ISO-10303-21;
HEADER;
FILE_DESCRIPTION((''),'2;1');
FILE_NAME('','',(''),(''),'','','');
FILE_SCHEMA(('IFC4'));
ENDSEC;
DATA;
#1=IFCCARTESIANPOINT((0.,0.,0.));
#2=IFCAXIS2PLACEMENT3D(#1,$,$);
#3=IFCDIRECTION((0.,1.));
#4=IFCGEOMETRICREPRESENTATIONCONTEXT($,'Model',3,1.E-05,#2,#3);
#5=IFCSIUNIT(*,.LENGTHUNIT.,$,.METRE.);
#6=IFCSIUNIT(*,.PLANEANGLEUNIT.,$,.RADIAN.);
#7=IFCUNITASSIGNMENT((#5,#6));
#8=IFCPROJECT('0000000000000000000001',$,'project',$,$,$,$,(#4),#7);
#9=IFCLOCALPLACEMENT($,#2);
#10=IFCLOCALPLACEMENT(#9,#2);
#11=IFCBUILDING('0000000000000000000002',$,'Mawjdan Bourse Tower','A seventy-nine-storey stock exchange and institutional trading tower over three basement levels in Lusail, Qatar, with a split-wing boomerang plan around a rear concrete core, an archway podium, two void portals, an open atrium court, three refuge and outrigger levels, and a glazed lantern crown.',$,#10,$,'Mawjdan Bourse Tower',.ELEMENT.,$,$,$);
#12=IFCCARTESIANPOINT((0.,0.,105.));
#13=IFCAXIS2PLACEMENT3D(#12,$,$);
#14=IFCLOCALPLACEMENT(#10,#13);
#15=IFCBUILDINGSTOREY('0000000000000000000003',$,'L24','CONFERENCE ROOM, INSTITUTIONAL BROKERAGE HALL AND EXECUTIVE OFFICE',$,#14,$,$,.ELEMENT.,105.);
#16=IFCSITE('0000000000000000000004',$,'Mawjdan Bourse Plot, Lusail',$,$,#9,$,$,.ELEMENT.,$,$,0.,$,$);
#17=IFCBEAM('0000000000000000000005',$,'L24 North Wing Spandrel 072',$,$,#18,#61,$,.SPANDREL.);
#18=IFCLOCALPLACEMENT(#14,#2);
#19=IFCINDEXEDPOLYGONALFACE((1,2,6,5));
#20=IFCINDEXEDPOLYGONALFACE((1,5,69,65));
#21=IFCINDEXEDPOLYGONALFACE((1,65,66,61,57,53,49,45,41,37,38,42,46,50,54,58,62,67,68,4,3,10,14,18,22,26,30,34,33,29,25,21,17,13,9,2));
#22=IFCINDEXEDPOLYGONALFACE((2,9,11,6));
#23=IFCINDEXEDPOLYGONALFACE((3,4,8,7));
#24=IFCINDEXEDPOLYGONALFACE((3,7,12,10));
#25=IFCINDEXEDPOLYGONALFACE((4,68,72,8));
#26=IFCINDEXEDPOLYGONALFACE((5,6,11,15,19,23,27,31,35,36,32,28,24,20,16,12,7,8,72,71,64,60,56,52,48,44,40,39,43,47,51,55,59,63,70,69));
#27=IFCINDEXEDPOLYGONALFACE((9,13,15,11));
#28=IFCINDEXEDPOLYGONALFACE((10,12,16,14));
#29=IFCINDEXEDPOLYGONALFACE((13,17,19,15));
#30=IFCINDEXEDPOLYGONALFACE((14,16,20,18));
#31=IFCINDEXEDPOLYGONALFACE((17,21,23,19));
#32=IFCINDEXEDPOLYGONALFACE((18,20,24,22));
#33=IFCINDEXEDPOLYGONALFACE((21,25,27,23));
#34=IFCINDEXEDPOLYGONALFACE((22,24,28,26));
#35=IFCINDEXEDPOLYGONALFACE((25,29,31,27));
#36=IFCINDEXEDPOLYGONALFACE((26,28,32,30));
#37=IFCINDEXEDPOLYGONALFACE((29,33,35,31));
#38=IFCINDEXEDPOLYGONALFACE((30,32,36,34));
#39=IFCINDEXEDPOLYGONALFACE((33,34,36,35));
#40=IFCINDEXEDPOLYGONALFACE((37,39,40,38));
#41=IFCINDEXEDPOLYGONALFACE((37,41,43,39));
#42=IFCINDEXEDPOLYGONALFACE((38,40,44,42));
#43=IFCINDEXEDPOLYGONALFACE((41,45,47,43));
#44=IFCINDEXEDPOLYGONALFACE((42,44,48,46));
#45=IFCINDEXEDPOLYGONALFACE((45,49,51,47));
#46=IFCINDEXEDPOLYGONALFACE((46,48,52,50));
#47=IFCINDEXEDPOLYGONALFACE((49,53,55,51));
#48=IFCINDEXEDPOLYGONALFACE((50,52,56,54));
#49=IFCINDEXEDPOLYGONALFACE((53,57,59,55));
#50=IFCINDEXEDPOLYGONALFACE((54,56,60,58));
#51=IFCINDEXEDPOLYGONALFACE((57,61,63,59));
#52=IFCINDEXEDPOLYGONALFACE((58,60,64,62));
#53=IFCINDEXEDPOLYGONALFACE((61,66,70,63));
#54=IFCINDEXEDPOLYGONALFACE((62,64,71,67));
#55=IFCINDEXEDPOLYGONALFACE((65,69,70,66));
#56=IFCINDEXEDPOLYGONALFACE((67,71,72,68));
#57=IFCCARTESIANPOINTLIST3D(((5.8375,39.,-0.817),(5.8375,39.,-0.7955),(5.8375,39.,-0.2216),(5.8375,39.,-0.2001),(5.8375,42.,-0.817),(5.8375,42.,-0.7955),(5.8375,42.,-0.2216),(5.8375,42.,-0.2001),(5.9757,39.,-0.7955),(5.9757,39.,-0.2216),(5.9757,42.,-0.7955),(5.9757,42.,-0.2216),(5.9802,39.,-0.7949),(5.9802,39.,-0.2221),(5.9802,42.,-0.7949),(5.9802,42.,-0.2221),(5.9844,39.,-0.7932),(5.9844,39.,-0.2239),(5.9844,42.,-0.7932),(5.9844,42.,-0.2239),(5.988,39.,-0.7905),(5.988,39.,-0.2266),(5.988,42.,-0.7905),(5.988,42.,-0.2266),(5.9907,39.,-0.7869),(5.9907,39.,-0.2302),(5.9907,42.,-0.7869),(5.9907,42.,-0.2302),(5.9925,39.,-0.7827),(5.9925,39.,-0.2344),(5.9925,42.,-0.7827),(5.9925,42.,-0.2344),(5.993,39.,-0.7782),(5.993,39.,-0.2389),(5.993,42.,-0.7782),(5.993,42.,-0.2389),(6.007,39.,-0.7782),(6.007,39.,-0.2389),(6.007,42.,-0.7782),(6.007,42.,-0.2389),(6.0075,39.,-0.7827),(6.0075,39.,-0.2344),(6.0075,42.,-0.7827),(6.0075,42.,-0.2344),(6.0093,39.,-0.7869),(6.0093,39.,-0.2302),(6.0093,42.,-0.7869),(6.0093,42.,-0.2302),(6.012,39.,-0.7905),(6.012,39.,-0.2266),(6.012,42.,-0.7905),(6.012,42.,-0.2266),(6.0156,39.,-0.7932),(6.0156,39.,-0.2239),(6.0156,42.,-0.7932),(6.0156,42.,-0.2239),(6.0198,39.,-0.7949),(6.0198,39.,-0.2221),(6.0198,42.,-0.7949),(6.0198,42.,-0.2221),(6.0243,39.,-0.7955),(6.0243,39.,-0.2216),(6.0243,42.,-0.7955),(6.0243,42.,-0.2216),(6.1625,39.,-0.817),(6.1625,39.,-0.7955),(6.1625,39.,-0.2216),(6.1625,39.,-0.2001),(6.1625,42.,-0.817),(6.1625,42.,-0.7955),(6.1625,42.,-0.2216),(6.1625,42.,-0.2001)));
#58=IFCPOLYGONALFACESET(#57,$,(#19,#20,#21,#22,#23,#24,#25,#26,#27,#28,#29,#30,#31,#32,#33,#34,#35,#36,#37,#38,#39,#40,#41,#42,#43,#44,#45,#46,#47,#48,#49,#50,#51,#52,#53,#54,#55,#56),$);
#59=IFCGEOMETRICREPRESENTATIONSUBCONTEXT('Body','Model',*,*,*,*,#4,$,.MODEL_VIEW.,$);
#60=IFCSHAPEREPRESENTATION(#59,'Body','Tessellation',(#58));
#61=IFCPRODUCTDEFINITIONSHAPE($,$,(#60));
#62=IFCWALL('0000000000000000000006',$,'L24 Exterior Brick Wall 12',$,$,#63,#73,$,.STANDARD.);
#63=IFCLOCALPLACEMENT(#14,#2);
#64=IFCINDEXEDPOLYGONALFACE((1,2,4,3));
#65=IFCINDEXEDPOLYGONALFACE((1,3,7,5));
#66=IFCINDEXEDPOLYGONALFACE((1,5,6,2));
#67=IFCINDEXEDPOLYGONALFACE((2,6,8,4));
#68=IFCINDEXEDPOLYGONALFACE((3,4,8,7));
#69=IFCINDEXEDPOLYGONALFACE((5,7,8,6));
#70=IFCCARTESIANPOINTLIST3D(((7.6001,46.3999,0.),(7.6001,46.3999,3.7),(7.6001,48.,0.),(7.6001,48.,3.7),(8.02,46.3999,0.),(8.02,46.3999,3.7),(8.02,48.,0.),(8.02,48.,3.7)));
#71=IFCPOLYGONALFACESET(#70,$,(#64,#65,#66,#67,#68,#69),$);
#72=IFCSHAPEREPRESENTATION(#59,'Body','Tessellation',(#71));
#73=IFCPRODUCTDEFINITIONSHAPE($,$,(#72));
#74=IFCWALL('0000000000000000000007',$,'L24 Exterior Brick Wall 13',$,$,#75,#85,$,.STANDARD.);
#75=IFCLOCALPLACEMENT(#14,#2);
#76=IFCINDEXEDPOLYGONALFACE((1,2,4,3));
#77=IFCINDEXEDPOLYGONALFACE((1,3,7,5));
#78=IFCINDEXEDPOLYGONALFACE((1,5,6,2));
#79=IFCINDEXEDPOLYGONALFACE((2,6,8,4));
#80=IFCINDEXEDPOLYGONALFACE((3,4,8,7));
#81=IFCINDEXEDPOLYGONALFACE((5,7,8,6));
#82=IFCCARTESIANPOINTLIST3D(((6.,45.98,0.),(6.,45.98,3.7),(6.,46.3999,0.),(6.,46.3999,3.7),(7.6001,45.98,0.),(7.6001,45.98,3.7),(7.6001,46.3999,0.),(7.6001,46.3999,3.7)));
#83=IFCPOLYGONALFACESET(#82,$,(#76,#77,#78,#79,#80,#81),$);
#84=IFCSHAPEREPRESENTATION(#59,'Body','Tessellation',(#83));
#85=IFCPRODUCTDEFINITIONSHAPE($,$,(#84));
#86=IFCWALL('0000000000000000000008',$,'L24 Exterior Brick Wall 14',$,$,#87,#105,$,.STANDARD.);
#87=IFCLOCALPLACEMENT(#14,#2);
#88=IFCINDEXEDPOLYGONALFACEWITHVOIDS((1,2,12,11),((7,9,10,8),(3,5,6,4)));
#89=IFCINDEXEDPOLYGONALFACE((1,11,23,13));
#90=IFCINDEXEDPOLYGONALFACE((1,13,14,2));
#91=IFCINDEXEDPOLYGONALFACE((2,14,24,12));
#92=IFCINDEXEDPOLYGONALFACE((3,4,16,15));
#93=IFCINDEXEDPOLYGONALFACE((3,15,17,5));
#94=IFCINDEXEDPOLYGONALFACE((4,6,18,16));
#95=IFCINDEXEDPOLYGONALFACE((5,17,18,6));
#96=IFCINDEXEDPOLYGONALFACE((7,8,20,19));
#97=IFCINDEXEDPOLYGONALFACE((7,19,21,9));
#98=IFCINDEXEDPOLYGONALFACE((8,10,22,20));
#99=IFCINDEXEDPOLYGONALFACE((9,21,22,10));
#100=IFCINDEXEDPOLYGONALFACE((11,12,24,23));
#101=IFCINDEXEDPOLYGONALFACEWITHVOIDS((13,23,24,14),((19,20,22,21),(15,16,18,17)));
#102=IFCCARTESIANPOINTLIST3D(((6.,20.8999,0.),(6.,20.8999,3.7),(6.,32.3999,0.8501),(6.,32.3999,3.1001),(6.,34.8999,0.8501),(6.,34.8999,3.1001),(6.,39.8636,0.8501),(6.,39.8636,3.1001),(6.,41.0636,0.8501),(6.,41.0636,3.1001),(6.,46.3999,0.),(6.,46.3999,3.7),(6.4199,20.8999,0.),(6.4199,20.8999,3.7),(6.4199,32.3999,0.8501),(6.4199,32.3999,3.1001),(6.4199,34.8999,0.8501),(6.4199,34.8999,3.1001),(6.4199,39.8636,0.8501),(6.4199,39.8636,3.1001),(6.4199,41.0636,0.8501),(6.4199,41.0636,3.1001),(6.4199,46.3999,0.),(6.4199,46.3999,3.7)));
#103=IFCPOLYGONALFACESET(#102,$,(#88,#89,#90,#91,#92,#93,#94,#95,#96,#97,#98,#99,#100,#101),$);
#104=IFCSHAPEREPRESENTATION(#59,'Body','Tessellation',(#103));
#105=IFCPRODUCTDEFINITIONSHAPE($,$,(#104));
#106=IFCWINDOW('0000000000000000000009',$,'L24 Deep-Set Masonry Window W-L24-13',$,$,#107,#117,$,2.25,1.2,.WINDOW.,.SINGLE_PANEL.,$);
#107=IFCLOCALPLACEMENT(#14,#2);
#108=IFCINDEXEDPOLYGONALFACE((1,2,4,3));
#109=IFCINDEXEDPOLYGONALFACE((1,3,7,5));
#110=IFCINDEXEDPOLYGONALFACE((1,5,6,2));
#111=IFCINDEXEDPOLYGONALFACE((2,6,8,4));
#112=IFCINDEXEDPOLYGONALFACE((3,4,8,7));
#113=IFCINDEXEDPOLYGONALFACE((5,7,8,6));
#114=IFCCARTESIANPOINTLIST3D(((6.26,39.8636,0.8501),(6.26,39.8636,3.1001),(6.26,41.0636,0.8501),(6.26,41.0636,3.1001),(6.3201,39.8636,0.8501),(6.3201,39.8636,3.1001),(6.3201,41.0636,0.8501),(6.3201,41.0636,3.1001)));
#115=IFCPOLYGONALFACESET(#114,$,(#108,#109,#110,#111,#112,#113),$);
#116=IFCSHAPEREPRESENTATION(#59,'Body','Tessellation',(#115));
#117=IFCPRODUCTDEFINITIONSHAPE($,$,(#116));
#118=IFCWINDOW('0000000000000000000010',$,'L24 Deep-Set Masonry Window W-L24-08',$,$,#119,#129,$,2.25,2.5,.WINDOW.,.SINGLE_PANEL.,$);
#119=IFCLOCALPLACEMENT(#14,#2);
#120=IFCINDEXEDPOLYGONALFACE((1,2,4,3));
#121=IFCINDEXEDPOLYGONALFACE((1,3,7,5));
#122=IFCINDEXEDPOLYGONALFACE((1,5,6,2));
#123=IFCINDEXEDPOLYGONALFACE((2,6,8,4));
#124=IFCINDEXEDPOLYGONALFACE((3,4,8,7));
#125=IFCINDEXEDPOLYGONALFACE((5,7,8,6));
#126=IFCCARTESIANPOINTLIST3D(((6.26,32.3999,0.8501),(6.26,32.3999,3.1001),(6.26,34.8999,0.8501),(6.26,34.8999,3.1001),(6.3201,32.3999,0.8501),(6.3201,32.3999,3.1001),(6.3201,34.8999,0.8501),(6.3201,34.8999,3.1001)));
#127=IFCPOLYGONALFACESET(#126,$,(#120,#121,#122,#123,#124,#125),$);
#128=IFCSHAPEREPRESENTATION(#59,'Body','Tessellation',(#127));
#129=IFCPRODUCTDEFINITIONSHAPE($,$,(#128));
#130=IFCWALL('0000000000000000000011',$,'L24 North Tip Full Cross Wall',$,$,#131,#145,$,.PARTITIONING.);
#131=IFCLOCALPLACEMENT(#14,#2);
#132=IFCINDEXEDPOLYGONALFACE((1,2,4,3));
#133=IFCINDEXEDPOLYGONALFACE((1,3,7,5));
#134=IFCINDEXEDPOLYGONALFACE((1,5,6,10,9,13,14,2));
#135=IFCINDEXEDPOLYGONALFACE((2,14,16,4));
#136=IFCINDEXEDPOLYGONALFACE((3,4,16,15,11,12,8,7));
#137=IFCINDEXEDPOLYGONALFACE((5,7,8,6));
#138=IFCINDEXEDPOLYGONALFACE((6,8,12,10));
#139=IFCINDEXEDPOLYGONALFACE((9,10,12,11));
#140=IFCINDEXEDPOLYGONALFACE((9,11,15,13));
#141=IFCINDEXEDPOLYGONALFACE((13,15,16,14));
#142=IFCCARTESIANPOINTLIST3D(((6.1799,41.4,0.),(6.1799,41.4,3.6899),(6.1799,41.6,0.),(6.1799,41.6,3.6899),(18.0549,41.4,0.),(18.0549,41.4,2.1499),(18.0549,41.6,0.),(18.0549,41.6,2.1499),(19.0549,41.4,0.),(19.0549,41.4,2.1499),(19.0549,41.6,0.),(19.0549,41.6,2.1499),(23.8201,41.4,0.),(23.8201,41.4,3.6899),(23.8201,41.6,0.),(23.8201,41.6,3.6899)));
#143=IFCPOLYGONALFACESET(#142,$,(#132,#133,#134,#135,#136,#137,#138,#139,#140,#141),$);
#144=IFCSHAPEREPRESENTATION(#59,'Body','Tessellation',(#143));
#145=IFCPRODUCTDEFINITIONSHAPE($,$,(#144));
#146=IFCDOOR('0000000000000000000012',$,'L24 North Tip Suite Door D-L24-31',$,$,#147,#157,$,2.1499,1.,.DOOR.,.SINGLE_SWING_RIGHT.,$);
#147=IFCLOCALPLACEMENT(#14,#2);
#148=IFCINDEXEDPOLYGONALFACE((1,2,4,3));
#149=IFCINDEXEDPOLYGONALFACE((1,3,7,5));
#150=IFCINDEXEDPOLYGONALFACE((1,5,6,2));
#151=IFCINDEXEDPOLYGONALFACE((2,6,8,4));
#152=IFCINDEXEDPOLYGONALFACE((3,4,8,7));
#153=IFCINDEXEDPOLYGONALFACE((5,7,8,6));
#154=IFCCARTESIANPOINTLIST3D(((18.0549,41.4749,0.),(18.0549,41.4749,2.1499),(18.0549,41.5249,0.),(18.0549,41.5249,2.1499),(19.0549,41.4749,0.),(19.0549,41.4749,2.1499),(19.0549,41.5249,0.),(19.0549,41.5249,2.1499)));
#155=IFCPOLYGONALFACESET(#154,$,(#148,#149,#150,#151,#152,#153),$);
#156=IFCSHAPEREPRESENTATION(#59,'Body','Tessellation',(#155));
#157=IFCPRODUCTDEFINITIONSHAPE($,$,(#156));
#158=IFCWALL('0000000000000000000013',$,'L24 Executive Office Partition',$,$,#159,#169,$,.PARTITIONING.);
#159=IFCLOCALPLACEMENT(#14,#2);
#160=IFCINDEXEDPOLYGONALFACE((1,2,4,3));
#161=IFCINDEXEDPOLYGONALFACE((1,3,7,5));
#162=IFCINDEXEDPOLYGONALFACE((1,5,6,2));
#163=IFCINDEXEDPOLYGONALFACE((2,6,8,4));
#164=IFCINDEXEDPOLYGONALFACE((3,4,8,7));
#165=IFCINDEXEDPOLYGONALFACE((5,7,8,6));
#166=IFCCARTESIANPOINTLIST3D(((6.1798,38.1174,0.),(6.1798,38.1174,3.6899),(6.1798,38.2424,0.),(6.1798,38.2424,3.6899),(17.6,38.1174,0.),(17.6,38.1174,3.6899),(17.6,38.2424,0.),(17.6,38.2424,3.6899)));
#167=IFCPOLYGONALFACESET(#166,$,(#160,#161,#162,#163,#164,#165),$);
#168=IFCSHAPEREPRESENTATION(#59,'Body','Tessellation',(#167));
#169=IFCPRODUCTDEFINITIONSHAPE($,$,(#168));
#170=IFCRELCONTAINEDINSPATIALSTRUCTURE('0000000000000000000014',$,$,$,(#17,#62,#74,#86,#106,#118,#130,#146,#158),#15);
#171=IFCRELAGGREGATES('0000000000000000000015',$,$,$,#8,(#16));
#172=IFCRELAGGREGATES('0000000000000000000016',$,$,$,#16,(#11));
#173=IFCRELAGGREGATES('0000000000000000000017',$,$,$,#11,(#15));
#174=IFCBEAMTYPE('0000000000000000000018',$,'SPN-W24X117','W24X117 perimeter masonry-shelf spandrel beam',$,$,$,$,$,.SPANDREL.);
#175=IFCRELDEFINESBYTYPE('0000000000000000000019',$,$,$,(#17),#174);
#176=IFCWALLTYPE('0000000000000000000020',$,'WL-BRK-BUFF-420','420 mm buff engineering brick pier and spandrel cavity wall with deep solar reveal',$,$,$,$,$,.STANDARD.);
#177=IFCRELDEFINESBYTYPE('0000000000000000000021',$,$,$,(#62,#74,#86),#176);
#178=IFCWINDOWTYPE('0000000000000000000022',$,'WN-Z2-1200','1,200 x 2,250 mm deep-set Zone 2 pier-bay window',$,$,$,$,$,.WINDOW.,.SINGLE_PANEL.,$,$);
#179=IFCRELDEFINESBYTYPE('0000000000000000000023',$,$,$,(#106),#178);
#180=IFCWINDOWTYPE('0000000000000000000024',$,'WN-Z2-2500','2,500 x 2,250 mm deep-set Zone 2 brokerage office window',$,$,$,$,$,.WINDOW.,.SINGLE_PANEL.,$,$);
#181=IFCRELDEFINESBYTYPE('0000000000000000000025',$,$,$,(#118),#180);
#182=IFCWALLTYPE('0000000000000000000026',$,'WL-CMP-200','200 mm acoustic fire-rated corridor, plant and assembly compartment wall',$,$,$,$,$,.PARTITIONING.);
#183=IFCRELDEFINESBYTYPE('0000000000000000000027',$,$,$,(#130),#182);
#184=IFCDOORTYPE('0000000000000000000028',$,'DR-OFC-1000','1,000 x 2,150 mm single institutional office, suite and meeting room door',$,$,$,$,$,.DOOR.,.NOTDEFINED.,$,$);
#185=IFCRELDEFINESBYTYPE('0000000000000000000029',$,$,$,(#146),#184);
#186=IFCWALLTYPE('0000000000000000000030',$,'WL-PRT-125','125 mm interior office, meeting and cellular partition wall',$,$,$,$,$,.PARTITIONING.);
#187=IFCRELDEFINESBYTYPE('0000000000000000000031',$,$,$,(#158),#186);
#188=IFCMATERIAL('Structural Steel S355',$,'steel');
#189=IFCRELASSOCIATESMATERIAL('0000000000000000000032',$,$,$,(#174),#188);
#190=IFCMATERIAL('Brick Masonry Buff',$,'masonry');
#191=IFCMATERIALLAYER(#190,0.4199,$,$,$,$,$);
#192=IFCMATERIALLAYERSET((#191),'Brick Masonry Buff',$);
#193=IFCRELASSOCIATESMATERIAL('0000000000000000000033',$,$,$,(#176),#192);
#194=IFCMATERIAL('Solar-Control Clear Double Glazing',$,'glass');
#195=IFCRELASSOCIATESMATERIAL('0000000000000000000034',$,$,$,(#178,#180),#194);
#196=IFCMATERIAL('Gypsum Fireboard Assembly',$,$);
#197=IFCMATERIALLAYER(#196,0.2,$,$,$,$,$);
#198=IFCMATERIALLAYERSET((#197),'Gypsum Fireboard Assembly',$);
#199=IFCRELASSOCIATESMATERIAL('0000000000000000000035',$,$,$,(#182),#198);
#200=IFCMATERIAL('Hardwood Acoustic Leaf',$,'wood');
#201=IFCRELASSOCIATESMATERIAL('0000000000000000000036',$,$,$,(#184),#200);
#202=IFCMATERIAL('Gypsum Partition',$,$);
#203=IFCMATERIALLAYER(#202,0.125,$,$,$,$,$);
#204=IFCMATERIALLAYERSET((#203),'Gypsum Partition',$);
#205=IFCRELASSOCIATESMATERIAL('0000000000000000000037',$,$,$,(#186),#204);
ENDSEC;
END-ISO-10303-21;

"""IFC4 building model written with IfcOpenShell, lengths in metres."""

from ifc_helpers import new_model, si_unit, direction, frame, frame_2d, origin, origin_2d, place, context, subcontext, project, spatial, rectangle, i_section, extrude, material, layer, layer_set, material_profile, profile_set, type_object, element, fill, save


model = new_model("IFC4")

# Units and contexts
model_context = context("Model", 3, precision=1e-05, world=origin(), true_north=direction((0.0, 1.0)))
body_context = subcontext(model_context, "Body", "Model", "MODEL_VIEW")
ifc_project = project(units=[si_unit("LENGTHUNIT", "METRE"), si_unit("PLANEANGLEUNIT", "RADIAN")], contexts=[model_context])

# Site, building, storey
site_placement = place(None, origin())
site = spatial("IfcSite", under=ifc_project, at=site_placement, Name="Mawjdan Bourse Plot, Lusail", CompositionType="ELEMENT", RefElevation=0.0)
building_placement = place(site_placement, origin())
building = spatial("IfcBuilding", under=site, at=building_placement, Name="Mawjdan Bourse Tower", Description="A seventy-nine-storey stock exchange and institutional trading tower over three basement levels in Lusail, Qatar, with a split-wing boomerang plan around a rear concrete core, an archway podium, two void portals, an open atrium court, three refuge and outrigger levels, and a glazed lantern crown.", LongName="Mawjdan Bourse Tower", CompositionType="ELEMENT")
storey_placement = place(building_placement, frame((0.0, 0.0, 105.0)))
storey = spatial("IfcBuildingStorey", under=building, at=storey_placement, Name="L24", Description="CONFERENCE ROOM, INSTITUTIONAL BROKERAGE HALL AND EXECUTIVE OFFICE", CompositionType="ELEMENT", Elevation=105.0)

# Beam
ifc_material_1 = material(Name="Structural Steel S355", Category="steel")
ifc_material_profile_1 = material_profile(ifc_material_1, i_section(OverallWidth=0.325, OverallDepth=0.6169, WebThickness=0.0139, FlangeThickness=0.0215, FilletRadius=0.0173, at=origin_2d()), Name="W24X117")
ifc_profile_set_1 = profile_set([ifc_material_profile_1], Name="Structural Steel S355")
beam_type_1 = type_object("IfcBeamType", Name="SPN-W24X117", Description="W24X117 perimeter masonry-shelf spandrel beam", PredefinedType="SPANDREL", material=ifc_profile_set_1)
beam_placement = place(storey_placement, frame((6.0, 39.0, -0.5085), z_axis=(0.0, 1.0, 0.0), x_axis=(-1.0, 0.0, 0.0)))
element("IfcBeam", 1, at=beam_placement, inside=storey, type_object=beam_type_1, Name="L24 North Wing Spandrel 072", PredefinedType="SPANDREL", context=body_context, shape_type="SweptSolid", body=[
    extrude(i_section(OverallWidth=0.325, OverallDepth=0.6169, WebThickness=0.0139, FlangeThickness=0.0215, FilletRadius=0.0173, at=origin_2d()), origin(), (0.0, 0.0, 1.0), 3.0),
])

# Walls
ifc_material_2 = material(Name="Brick Masonry Buff", Category="masonry")
ifc_layer_1 = layer(ifc_material_2, 0.4199)
ifc_layer_set_1 = layer_set([ifc_layer_1], Name="Brick Masonry Buff")
wall_type_1 = type_object("IfcWallType", Name="WL-BRK-BUFF-420", Description="420 mm buff engineering brick pier and spandrel cavity wall with deep solar reveal", PredefinedType="STANDARD", material=ifc_layer_set_1)
for number, where, z_axis, x_axis, name in (
    (2, (7.8101, 48.0, 0.0), (0.0, 0.0, 1.0), (0.0, -1.0, 0.0), "L24 Exterior Brick Wall 12"),
    (3, (7.6001, 46.1899, 0.0), (0.0, 0.0, 1.0), (-1.0, 0.0, 0.0), "L24 Exterior Brick Wall 13"),
):
    element("IfcWall", number, at=place(storey_placement, frame(where, z_axis=z_axis, x_axis=x_axis)), inside=storey, type_object=wall_type_1, Name=name, PredefinedType="STANDARD", context=body_context, shape_type="SweptSolid", body=[
        extrude(rectangle(XDim=1.6001, YDim=0.4199, at=frame_2d((0.8, 0.0))), origin(), (0.0, 0.0, 1.0), 3.7),
    ])

# Wall, openings, windows
wall_1_placement = place(storey_placement, frame((6.21, 46.3999, 0.0), z_axis=(0.0, 0.0, 1.0), x_axis=(0.0, -1.0, 0.0)))
wall_1 = element("IfcWall", 4, at=wall_1_placement, inside=storey, type_object=wall_type_1, Name="L24 Exterior Brick Wall 14", PredefinedType="STANDARD", context=body_context, shape_type="SweptSolid", body=[
    extrude(rectangle(XDim=25.5, YDim=0.4199, at=frame_2d((12.75, 0.0))), origin(), (0.0, 0.0, 1.0), 3.7),
])
opening_1_placement = place(wall_1_placement, frame((11.5, 0.0, 0.8501)))
opening_1 = element("IfcOpeningElement", 5, at=opening_1_placement, cuts=wall_1, PredefinedType="OPENING", context=body_context, shape_type="SweptSolid", body=[
    extrude(rectangle(XDim=2.5, YDim=2.25, at=frame_2d((1.25, 1.125))), frame((0.0, 0.22, 0.0), z_axis=(0.0, -1.0, 0.0), x_axis=(1.0, 0.0, 0.0)), (0.0, 0.0, 1.0), 0.4399),
])
opening_2_placement = place(wall_1_placement, frame((5.3362, 0.0, 0.8501)))
opening_2 = element("IfcOpeningElement", 6, at=opening_2_placement, cuts=wall_1, PredefinedType="OPENING", context=body_context, shape_type="SweptSolid", body=[
    extrude(rectangle(XDim=1.2, YDim=2.25, at=frame_2d((0.6001, 1.125))), frame((0.0, 0.22, 0.0), z_axis=(0.0, -1.0, 0.0), x_axis=(1.0, 0.0, 0.0)), (0.0, 0.0, 1.0), 0.4399),
])
ifc_material_3 = material(Name="Solar-Control Clear Double Glazing", Category="glass")
window_type_1 = type_object("IfcWindowType", Name="WN-Z2-1200", Description="1,200 x 2,250 mm deep-set Zone 2 pier-bay window", PartitioningType="SINGLE_PANEL", PredefinedType="WINDOW", material=ifc_material_3)
window_1_placement = place(opening_2_placement, origin())
window_1 = element("IfcWindow", 7, at=window_1_placement, inside=storey, type_object=window_type_1, Name="L24 Deep-Set Masonry Window W-L24-13", OverallHeight=2.25, OverallWidth=1.2, PartitioningType="SINGLE_PANEL", PredefinedType="WINDOW", context=body_context, shape_type="SweptSolid", body=[
    extrude(rectangle(XDim=1.2, YDim=2.25, at=frame_2d((0.6001, 1.125))), frame((0.0, 0.1101, 0.0), z_axis=(0.0, -1.0, 0.0), x_axis=(1.0, 0.0, 0.0)), (0.0, 0.0, 1.0), 0.0601),
])
fill(opening_2, window_1)
window_type_2 = type_object("IfcWindowType", Name="WN-Z2-2500", Description="2,500 x 2,250 mm deep-set Zone 2 brokerage office window", PartitioningType="SINGLE_PANEL", PredefinedType="WINDOW", material=ifc_material_3)
window_2_placement = place(opening_1_placement, origin())
window_2 = element("IfcWindow", 8, at=window_2_placement, inside=storey, type_object=window_type_2, Name="L24 Deep-Set Masonry Window W-L24-08", OverallHeight=2.25, OverallWidth=2.5, PartitioningType="SINGLE_PANEL", PredefinedType="WINDOW", context=body_context, shape_type="SweptSolid", body=[
    extrude(rectangle(XDim=2.5, YDim=2.25, at=frame_2d((1.25, 1.125))), frame((0.0, 0.1101, 0.0), z_axis=(0.0, -1.0, 0.0), x_axis=(1.0, 0.0, 0.0)), (0.0, 0.0, 1.0), 0.0601),
])
fill(opening_1, window_2)

# Wall, opening, door
ifc_material_4 = material(Name="Gypsum Fireboard Assembly")
ifc_layer_2 = layer(ifc_material_4, 0.2)
ifc_layer_set_2 = layer_set([ifc_layer_2], Name="Gypsum Fireboard Assembly")
wall_type_2 = type_object("IfcWallType", Name="WL-CMP-200", Description="200 mm acoustic fire-rated corridor, plant and assembly compartment wall", PredefinedType="PARTITIONING", material=ifc_layer_set_2)
ifc_material_5 = material(Name="Hardwood Acoustic Leaf", Category="wood")
door_type = type_object("IfcDoorType", Name="DR-OFC-1000", Description="1,000 x 2,150 mm single institutional office, suite and meeting room door", OperationType="NOTDEFINED", PredefinedType="DOOR", material=ifc_material_5)
wall_2_placement = place(storey_placement, frame((6.1799, 41.5, 0.0), z_axis=(0.0, 0.0, 1.0), x_axis=(1.0, 0.0, 0.0)))
wall_2 = element("IfcWall", 9, at=wall_2_placement, inside=storey, type_object=wall_type_2, Name="L24 North Tip Full Cross Wall", PredefinedType="PARTITIONING", context=body_context, shape_type="SweptSolid", body=[
    extrude(rectangle(XDim=17.6401, YDim=0.2, at=frame_2d((8.8201, 0.0))), origin(), (0.0, 0.0, 1.0), 3.6899),
])
opening_3_placement = place(wall_2_placement, frame((11.875, 0.0, 0.0)))
opening_3 = element("IfcOpeningElement", 10, at=opening_3_placement, cuts=wall_2, PredefinedType="OPENING", context=body_context, shape_type="SweptSolid", body=[
    extrude(rectangle(XDim=1.0, YDim=2.1499, at=frame_2d((0.5, 1.075))), frame((0.0, 0.1099, 0.0), z_axis=(0.0, -1.0, 0.0), x_axis=(1.0, 0.0, 0.0)), (0.0, 0.0, 1.0), 0.22),
])
door_1_placement = place(opening_3_placement, origin())
door_1 = element("IfcDoor", 11, at=door_1_placement, inside=storey, type_object=door_type, Name="L24 North Tip Suite Door D-L24-31", OperationType="SINGLE_SWING_RIGHT", OverallHeight=2.1499, OverallWidth=1.0, PredefinedType="DOOR", context=body_context, shape_type="SweptSolid", body=[
    extrude(rectangle(XDim=1.0, YDim=2.1499, at=frame_2d((0.5, 1.075))), frame((0.0, 0.0249, 0.0), z_axis=(0.0, -1.0, 0.0), x_axis=(1.0, 0.0, 0.0)), (0.0, 0.0, 1.0), 0.05),
])
fill(opening_3, door_1)

# Wall
ifc_material_6 = material(Name="Gypsum Partition")
ifc_layer_3 = layer(ifc_material_6, 0.125)
ifc_layer_set_3 = layer_set([ifc_layer_3], Name="Gypsum Partition")
wall_type_3 = type_object("IfcWallType", Name="WL-PRT-125", Description="125 mm interior office, meeting and cellular partition wall", PredefinedType="PARTITIONING", material=ifc_layer_set_3)
wall_3_placement = place(storey_placement, frame((6.1799, 38.1799, 0.0), z_axis=(0.0, 0.0, 1.0), x_axis=(1.0, 0.0, 0.0)))
element("IfcWall", 12, at=wall_3_placement, inside=storey, type_object=wall_type_3, Name="L24 Executive Office Partition", PredefinedType="PARTITIONING", context=body_context, shape_type="SweptSolid", body=[
    extrude(rectangle(XDim=11.4202, YDim=0.125, at=frame_2d((5.71, 0.0))), origin(), (0.0, 0.0, 1.0), 3.6899),
])

save(model, "model.ifc")
